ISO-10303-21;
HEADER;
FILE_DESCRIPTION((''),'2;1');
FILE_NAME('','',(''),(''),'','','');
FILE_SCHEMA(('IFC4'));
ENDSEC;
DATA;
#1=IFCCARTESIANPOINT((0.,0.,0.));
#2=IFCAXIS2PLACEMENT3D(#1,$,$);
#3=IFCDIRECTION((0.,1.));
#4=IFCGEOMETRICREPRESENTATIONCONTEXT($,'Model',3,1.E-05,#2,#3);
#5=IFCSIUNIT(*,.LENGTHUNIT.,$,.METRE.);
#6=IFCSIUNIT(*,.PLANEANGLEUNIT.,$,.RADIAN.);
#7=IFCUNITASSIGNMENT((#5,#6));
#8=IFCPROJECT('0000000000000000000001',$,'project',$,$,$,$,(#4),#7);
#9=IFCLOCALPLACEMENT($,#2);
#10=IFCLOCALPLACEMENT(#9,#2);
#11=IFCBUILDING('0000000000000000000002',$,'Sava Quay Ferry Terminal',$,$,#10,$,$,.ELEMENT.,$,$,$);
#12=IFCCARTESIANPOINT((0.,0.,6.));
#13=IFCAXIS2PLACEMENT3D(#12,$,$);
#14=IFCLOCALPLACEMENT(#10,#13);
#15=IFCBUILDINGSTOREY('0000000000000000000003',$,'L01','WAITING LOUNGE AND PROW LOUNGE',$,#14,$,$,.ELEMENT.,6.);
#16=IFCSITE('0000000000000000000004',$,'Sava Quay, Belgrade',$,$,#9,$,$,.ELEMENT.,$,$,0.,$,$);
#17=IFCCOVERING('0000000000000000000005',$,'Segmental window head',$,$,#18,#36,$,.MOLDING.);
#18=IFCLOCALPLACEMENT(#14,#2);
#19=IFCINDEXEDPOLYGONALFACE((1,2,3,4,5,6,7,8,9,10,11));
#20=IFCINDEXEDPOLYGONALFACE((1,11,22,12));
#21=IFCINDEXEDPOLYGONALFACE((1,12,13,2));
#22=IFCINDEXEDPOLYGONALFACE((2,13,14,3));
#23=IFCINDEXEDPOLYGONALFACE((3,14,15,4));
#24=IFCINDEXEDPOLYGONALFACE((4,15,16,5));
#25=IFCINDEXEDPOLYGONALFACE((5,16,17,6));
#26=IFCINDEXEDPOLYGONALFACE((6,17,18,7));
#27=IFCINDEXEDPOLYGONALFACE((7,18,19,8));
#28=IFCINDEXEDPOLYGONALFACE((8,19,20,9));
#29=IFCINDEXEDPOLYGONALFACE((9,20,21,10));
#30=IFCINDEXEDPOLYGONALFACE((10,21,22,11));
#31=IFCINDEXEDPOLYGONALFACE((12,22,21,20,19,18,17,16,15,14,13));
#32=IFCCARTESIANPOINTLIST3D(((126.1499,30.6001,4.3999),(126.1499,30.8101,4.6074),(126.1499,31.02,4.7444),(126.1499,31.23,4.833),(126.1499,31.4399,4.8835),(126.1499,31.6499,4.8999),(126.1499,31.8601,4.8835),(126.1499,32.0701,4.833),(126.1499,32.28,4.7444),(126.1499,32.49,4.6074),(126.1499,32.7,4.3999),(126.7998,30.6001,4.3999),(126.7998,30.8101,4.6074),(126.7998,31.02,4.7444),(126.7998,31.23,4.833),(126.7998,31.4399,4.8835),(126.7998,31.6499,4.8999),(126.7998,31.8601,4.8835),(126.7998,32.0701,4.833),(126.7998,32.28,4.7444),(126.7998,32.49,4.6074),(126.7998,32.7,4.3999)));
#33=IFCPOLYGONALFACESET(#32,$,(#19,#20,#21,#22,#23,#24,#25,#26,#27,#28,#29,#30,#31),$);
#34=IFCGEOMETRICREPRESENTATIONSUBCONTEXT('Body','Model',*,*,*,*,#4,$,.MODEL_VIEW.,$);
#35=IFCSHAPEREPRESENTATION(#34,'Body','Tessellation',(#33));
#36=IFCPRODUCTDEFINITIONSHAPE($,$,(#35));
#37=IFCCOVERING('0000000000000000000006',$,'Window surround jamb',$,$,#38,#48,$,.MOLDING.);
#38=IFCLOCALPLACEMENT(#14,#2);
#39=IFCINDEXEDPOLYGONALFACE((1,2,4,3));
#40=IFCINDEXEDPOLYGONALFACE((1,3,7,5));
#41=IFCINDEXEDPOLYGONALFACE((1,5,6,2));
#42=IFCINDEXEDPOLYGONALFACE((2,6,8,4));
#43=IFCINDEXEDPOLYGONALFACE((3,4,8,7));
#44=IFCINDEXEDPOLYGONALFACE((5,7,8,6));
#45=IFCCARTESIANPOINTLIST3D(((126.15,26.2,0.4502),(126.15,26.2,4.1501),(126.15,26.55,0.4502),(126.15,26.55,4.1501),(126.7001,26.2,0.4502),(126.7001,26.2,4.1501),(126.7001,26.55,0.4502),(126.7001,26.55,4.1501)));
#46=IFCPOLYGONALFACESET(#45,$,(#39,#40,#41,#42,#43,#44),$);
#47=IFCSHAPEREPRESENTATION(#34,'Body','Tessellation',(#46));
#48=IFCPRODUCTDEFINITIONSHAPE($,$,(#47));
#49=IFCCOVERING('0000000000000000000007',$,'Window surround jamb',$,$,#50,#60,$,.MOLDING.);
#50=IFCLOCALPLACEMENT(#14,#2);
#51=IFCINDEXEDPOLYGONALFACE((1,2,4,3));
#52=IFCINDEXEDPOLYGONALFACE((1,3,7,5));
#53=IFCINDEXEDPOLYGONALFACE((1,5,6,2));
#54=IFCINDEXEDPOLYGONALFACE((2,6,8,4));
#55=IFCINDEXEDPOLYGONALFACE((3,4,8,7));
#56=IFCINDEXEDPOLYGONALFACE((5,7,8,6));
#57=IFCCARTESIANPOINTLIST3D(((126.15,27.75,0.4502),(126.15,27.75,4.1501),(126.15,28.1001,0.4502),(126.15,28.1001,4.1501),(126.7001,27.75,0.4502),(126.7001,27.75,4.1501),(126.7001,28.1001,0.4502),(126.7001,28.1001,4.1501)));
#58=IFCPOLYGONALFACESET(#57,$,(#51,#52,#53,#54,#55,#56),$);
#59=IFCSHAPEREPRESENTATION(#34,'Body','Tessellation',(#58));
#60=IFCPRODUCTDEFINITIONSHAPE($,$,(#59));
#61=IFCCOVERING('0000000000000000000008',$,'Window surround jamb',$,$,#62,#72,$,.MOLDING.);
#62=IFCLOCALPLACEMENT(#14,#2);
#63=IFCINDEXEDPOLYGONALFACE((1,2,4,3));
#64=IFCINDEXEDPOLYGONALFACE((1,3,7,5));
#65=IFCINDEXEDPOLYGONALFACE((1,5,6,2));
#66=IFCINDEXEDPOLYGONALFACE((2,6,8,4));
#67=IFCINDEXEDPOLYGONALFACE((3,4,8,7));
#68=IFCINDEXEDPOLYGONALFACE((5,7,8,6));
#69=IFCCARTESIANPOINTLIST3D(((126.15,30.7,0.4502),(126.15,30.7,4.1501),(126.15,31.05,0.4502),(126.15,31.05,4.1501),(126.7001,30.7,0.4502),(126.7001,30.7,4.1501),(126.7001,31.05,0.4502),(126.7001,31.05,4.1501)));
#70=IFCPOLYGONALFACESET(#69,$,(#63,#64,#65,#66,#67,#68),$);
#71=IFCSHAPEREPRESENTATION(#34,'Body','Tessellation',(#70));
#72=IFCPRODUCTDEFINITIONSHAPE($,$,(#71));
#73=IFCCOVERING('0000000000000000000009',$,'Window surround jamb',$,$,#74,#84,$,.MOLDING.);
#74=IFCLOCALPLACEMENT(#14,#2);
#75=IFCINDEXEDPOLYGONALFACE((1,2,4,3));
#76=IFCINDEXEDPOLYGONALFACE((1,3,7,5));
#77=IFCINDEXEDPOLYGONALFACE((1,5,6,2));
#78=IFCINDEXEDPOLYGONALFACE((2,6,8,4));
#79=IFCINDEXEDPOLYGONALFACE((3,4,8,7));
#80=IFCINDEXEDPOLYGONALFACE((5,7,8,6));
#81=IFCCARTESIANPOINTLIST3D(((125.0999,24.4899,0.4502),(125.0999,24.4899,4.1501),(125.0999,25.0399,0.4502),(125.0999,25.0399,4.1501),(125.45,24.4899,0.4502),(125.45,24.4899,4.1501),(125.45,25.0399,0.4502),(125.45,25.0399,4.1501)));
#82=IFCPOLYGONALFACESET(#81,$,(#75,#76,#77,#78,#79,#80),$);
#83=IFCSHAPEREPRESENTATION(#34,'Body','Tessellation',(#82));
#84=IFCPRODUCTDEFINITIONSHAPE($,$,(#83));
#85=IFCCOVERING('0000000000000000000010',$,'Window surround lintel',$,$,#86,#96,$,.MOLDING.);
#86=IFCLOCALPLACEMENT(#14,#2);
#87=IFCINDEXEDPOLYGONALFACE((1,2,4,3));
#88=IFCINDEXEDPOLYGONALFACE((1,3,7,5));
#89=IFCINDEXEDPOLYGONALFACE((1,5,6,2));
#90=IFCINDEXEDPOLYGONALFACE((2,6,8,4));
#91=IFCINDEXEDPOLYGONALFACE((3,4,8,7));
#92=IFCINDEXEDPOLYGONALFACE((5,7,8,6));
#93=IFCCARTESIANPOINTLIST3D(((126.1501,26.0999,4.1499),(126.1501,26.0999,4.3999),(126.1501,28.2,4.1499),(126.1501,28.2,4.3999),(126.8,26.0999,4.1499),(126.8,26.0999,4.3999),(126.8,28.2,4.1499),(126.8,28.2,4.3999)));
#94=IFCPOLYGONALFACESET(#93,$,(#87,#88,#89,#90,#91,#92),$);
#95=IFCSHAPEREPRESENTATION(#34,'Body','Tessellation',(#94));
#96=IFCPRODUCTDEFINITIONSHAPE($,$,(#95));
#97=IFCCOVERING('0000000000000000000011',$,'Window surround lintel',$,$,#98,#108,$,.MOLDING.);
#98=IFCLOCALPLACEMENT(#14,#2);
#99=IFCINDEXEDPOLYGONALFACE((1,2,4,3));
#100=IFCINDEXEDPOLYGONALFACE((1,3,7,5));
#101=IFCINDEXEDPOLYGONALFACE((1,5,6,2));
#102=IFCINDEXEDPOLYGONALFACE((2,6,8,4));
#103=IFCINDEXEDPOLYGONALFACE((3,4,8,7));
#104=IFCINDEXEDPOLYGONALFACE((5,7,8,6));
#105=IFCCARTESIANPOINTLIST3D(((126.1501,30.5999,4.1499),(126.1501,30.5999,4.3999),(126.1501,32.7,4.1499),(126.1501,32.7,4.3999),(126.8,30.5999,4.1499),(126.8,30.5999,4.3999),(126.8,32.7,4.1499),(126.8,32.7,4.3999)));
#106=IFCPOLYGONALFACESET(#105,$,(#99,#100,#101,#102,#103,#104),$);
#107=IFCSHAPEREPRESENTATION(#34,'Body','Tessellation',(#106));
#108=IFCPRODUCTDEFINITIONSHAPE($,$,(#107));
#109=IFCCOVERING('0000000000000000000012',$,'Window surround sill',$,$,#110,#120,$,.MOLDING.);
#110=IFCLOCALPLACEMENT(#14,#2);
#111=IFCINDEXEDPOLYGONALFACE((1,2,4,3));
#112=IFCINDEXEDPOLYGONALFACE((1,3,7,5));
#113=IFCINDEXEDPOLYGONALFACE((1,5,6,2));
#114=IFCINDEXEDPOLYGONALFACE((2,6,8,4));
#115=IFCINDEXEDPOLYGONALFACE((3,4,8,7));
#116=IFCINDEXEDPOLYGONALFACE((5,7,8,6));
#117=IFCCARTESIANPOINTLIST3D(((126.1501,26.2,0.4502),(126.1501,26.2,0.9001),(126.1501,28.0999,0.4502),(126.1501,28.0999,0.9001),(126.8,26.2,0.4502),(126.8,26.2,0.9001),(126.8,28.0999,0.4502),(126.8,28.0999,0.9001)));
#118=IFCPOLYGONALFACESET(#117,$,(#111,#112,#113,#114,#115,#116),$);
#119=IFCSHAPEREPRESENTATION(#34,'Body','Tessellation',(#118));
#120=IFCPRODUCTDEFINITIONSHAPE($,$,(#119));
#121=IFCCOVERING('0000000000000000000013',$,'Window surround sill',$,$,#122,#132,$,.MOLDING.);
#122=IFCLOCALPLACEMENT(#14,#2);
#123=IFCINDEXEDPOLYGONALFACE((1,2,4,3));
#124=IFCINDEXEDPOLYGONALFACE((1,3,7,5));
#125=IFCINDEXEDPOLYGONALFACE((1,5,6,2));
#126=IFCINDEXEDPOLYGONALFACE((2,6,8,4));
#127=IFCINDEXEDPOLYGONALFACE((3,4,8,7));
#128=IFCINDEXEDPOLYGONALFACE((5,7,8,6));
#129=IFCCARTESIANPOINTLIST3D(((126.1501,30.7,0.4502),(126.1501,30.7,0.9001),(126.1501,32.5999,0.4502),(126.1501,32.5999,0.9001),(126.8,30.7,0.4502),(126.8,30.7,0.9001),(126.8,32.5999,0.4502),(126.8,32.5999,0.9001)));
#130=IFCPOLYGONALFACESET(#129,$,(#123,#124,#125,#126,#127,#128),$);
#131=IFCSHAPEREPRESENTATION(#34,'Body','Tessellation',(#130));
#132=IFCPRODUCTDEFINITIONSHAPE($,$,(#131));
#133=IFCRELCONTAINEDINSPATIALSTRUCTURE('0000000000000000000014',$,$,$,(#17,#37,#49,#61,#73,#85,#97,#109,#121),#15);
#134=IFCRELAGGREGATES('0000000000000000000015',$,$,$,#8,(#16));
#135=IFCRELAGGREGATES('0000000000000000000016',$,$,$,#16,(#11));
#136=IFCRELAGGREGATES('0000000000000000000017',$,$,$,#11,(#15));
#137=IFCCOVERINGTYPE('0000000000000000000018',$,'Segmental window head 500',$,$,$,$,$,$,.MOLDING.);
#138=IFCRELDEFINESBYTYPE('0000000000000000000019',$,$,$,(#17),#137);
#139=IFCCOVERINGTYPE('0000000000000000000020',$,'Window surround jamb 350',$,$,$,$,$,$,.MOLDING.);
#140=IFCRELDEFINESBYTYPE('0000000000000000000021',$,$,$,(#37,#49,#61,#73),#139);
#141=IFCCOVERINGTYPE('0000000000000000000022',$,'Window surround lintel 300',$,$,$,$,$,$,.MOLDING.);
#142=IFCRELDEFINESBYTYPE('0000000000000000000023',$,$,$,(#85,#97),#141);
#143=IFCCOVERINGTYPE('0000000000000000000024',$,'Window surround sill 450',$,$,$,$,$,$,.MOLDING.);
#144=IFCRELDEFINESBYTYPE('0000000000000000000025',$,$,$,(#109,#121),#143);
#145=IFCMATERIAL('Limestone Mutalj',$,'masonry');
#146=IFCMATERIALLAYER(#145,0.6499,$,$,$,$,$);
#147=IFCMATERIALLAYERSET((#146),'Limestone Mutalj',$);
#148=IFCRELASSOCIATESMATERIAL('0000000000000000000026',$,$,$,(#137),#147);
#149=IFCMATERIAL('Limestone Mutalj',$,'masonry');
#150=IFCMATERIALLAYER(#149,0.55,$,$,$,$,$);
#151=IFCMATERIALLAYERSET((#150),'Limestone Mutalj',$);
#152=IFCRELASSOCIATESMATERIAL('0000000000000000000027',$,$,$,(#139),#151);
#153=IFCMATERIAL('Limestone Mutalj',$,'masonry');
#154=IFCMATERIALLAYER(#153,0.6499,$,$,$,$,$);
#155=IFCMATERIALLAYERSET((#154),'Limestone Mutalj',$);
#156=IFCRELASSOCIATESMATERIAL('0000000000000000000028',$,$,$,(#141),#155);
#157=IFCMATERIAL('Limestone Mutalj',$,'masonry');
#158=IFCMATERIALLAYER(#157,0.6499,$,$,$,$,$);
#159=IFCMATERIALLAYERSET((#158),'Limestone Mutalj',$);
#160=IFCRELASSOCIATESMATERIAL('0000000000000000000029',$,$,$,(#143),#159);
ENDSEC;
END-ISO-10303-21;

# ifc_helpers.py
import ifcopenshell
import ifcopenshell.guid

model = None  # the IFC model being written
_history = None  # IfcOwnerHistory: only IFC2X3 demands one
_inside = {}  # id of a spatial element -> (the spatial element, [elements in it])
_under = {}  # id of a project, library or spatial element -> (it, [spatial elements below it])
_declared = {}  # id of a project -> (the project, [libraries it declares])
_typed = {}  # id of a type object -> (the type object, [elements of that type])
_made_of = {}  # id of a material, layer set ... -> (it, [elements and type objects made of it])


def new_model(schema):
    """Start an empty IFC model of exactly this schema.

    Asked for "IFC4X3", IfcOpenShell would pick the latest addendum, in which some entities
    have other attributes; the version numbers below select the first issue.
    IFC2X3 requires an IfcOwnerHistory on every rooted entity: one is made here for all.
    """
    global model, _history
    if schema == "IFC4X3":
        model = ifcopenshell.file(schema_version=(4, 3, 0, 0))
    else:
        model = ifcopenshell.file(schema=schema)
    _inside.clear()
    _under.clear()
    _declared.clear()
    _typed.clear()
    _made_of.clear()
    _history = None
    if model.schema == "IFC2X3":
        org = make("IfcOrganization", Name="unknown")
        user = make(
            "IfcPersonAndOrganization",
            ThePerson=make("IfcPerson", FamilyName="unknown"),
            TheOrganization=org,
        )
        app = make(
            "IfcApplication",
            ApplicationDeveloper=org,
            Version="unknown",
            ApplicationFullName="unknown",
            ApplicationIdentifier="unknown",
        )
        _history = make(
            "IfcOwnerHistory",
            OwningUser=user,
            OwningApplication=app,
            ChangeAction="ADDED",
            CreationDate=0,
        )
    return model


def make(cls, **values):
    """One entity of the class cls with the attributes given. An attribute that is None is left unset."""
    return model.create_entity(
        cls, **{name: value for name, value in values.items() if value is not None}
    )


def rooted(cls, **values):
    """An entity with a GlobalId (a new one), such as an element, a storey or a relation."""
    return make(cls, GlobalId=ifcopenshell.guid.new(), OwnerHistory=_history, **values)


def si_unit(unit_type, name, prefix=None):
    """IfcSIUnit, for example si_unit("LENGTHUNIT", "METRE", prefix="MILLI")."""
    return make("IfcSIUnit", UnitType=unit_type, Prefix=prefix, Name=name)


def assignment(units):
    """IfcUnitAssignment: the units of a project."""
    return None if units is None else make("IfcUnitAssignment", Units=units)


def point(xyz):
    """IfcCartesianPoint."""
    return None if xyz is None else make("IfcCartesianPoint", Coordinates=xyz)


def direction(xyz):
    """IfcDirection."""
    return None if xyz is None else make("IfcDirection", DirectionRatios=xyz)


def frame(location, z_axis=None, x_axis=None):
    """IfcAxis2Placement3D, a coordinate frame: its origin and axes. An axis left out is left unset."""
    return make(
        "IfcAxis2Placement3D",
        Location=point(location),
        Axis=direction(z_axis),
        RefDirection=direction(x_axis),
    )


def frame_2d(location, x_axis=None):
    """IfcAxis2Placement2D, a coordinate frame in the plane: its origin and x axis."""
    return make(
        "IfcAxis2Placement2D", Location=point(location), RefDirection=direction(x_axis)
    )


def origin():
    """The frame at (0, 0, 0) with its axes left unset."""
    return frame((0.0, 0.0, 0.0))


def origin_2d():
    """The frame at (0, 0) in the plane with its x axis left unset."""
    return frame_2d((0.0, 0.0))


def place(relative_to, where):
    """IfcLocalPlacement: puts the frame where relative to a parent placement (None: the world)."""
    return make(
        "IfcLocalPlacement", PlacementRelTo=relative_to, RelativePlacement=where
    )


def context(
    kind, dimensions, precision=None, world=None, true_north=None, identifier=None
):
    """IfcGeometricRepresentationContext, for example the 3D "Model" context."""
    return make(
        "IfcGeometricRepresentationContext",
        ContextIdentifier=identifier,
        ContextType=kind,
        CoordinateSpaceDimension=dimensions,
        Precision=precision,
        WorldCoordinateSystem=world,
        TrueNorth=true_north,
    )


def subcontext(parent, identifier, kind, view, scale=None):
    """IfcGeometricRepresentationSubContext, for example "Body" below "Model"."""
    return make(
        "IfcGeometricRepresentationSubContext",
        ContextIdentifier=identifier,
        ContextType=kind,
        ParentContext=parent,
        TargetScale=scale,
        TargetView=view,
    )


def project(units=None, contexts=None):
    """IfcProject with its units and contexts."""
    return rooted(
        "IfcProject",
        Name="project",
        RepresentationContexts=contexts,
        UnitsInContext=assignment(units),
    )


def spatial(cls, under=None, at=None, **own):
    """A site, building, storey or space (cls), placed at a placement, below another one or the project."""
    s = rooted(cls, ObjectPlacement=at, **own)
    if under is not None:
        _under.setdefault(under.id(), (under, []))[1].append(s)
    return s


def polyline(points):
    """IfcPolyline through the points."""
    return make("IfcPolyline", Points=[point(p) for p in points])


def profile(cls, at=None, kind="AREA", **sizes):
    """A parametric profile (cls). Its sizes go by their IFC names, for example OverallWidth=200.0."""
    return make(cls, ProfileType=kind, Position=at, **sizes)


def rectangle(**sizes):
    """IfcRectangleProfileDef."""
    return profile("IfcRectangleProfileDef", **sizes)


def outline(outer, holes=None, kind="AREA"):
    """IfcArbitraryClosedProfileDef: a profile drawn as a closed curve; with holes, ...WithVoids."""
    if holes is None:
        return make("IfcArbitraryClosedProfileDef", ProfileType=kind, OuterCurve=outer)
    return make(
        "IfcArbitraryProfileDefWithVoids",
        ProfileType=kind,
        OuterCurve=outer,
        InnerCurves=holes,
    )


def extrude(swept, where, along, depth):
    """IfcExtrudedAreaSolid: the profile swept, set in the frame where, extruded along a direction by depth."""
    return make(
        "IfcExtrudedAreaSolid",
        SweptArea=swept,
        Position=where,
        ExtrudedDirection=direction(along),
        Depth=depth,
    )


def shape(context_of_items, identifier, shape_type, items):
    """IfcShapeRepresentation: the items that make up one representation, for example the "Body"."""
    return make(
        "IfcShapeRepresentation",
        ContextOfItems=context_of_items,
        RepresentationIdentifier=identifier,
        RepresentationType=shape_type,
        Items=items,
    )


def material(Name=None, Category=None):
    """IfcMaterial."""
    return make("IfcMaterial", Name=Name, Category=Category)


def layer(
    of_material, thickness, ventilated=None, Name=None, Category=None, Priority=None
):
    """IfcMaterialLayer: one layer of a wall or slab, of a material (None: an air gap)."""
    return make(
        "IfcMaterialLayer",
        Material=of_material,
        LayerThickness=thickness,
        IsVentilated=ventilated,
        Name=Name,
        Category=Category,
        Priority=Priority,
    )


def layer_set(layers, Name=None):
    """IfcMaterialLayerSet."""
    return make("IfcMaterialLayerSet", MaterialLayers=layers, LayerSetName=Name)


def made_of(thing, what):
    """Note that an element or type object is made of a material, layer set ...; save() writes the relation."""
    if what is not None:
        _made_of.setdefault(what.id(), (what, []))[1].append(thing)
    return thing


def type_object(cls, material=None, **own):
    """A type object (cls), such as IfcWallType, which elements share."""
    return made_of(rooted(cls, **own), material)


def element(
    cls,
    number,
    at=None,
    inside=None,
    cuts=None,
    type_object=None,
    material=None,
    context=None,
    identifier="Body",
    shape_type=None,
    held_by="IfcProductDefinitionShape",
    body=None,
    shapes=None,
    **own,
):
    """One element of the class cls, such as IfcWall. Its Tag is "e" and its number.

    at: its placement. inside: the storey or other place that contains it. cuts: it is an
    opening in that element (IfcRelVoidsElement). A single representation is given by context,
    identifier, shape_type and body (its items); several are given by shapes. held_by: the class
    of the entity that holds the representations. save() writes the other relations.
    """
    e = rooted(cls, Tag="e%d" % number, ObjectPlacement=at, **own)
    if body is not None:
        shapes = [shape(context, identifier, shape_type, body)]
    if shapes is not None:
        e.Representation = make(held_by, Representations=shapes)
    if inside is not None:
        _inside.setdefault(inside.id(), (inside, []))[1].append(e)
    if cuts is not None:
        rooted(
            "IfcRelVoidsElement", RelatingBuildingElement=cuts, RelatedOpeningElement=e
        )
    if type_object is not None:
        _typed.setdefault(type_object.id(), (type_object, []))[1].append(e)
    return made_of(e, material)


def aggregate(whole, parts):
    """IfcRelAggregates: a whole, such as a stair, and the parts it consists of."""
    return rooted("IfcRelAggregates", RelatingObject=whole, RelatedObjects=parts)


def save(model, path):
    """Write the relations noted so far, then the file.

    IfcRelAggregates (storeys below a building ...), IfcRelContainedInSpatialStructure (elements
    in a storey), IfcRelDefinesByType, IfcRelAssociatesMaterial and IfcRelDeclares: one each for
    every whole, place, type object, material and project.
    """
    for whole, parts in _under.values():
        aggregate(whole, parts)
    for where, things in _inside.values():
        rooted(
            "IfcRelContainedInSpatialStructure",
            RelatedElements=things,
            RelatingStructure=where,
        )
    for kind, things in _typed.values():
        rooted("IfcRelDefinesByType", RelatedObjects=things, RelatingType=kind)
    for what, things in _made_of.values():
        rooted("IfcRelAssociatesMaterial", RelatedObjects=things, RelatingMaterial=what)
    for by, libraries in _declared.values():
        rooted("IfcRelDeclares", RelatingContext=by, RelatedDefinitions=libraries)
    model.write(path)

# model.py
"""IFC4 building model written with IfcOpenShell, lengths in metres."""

from ifc_helpers import new_model, si_unit, direction, frame, origin, origin_2d, place, context, subcontext, project, spatial, polyline, rectangle, outline, extrude, material, layer, layer_set, type_object, element, save


model = new_model("IFC4")

# Units and contexts
model_context = context("Model", 3, precision=1e-05, world=origin(), true_north=direction((0.0, 1.0)))
body_context = subcontext(model_context, "Body", "Model", "MODEL_VIEW")
ifc_project = project(units=[si_unit("LENGTHUNIT", "METRE"), si_unit("PLANEANGLEUNIT", "RADIAN")], contexts=[model_context])

# Site, building, storey
site_placement = place(None, origin())
site = spatial("IfcSite", under=ifc_project, at=site_placement, Name="Sava Quay, Belgrade", CompositionType="ELEMENT", RefElevation=0.0)
building_placement = place(site_placement, origin())
building = spatial("IfcBuilding", under=site, at=building_placement, Name="Sava Quay Ferry Terminal", CompositionType="ELEMENT")
storey_placement = place(building_placement, frame((0.0, 0.0, 6.0)))
storey = spatial("IfcBuildingStorey", under=building, at=storey_placement, Name="L01", Description="WAITING LOUNGE AND PROW LOUNGE", CompositionType="ELEMENT", Elevation=6.0)

# Coverings
ifc_material_1 = material(Name="Limestone Mutalj", Category="masonry")
ifc_layer_1 = layer(ifc_material_1, 0.6499)
ifc_layer_set_1 = layer_set([ifc_layer_1], Name="Limestone Mutalj")
covering_type_1 = type_object("IfcCoveringType", Name="Segmental window head 500", PredefinedType="MOLDING", material=ifc_layer_set_1)
covering_1_placement = place(storey_placement, frame((126.1499, 30.6001, 4.3999), z_axis=(-1.0, 0.0, 0.0), x_axis=(0.0, 0.71123, 0.70296)))
element("IfcCovering", 1, at=covering_1_placement, inside=storey, type_object=covering_type_1, Name="Segmental window head", PredefinedType="MOLDING", context=body_context, shape_type="SweptSolid", body=[
    extrude(outline(polyline([(0.0, 0.0), (0.2952, 0.0), (0.5408, 0.0502), (0.7524, 0.1347), (0.9373, 0.2464), (1.0981, 0.3824), (1.2361, 0.5418), (1.3499, 0.7253), (1.437, 0.9359), (1.49, 1.1809), (1.4935, 1.4761), (0.0, 0.0)])), origin(), (0.0, 0.0, -1.0), 0.6499),
])
ifc_material_2 = material(Name="Limestone Mutalj", Category="masonry")
ifc_layer_2 = layer(ifc_material_2, 0.55)
ifc_layer_set_2 = layer_set([ifc_layer_2], Name="Limestone Mutalj")
covering_type_2 = type_object("IfcCoveringType", Name="Window surround jamb 350", PredefinedType="MOLDING", material=ifc_layer_set_2)
for number, where, z_axis, x_axis, name in (
    (2, (126.425, 26.375, 0.4502), (0.0, 0.0, 1.0), (1.0, 0.0, 0.0), "Window surround jamb"),
    (3, (126.425, 27.925, 0.4502), (0.0, 0.0, 1.0), (1.0, 0.0, 0.0), "Window surround jamb"),
    (4, (126.425, 30.875, 0.4502), (0.0, 0.0, 1.0), (1.0, 0.0, 0.0), "Window surround jamb"),
):
    element("IfcCovering", number, at=place(storey_placement, frame(where, z_axis=z_axis, x_axis=x_axis)), inside=storey, type_object=covering_type_2, Name=name, PredefinedType="MOLDING", context=body_context, shape_type="SweptSolid", body=[
        extrude(rectangle(XDim=0.55, YDim=0.3501, at=origin_2d()), origin(), (0.0, 0.0, 1.0), 3.7),
    ])
covering_2_placement = place(storey_placement, frame((125.2749, 24.7649, 0.4502), z_axis=(0.0, 0.0, 1.0), x_axis=(1.0, 0.0, 0.0)))
element("IfcCovering", 5, at=covering_2_placement, inside=storey, type_object=covering_type_2, Name="Window surround jamb", PredefinedType="MOLDING", context=body_context, shape_type="SweptSolid", body=[
    extrude(rectangle(XDim=0.3501, YDim=0.55, at=origin_2d()), origin(), (0.0, 0.0, 1.0), 3.7),
])
ifc_material_3 = material(Name="Limestone Mutalj", Category="masonry")
ifc_layer_3 = layer(ifc_material_3, 0.6499)
ifc_layer_set_3 = layer_set([ifc_layer_3], Name="Limestone Mutalj")
covering_type_3 = type_object("IfcCoveringType", Name="Window surround lintel 300", PredefinedType="MOLDING", material=ifc_layer_set_3)
for number, where, z_axis, x_axis, name in (
    (6, (126.4751, 27.1499, 4.1499), (0.0, 0.0, 1.0), (1.0, 0.0, 0.0), "Window surround lintel"),
    (7, (126.4751, 31.6499, 4.1499), (0.0, 0.0, 1.0), (1.0, 0.0, 0.0), "Window surround lintel"),
):
    element("IfcCovering", number, at=place(storey_placement, frame(where, z_axis=z_axis, x_axis=x_axis)), inside=storey, type_object=covering_type_3, Name=name, PredefinedType="MOLDING", context=body_context, shape_type="SweptSolid", body=[
        extrude(rectangle(XDim=0.6499, YDim=2.1001, at=origin_2d()), origin(), (0.0, 0.0, 1.0), 0.25),
    ])
ifc_material_4 = material(Name="Limestone Mutalj", Category="masonry")
ifc_layer_4 = layer(ifc_material_4, 0.6499)
ifc_layer_set_4 = layer_set([ifc_layer_4], Name="Limestone Mutalj")
covering_type_4 = type_object("IfcCoveringType", Name="Window surround sill 450", PredefinedType="MOLDING", material=ifc_layer_set_4)
for number, where, z_axis, x_axis, name in (
    (8, (126.4751, 27.1499, 0.4502), (0.0, 0.0, 1.0), (1.0, 0.0, 0.0), "Window surround sill"),
    (9, (126.4751, 31.6499, 0.4502), (0.0, 0.0, 1.0), (1.0, 0.0, 0.0), "Window surround sill"),
):
    element("IfcCovering", number, at=place(storey_placement, frame(where, z_axis=z_axis, x_axis=x_axis)), inside=storey, type_object=covering_type_4, Name=name, PredefinedType="MOLDING", context=body_context, shape_type="SweptSolid", body=[
        extrude(rectangle(XDim=0.6499, YDim=1.8999, at=origin_2d()), origin(), (0.0, 0.0, 1.0), 0.45),
    ])

save(model, "model.ifc")
